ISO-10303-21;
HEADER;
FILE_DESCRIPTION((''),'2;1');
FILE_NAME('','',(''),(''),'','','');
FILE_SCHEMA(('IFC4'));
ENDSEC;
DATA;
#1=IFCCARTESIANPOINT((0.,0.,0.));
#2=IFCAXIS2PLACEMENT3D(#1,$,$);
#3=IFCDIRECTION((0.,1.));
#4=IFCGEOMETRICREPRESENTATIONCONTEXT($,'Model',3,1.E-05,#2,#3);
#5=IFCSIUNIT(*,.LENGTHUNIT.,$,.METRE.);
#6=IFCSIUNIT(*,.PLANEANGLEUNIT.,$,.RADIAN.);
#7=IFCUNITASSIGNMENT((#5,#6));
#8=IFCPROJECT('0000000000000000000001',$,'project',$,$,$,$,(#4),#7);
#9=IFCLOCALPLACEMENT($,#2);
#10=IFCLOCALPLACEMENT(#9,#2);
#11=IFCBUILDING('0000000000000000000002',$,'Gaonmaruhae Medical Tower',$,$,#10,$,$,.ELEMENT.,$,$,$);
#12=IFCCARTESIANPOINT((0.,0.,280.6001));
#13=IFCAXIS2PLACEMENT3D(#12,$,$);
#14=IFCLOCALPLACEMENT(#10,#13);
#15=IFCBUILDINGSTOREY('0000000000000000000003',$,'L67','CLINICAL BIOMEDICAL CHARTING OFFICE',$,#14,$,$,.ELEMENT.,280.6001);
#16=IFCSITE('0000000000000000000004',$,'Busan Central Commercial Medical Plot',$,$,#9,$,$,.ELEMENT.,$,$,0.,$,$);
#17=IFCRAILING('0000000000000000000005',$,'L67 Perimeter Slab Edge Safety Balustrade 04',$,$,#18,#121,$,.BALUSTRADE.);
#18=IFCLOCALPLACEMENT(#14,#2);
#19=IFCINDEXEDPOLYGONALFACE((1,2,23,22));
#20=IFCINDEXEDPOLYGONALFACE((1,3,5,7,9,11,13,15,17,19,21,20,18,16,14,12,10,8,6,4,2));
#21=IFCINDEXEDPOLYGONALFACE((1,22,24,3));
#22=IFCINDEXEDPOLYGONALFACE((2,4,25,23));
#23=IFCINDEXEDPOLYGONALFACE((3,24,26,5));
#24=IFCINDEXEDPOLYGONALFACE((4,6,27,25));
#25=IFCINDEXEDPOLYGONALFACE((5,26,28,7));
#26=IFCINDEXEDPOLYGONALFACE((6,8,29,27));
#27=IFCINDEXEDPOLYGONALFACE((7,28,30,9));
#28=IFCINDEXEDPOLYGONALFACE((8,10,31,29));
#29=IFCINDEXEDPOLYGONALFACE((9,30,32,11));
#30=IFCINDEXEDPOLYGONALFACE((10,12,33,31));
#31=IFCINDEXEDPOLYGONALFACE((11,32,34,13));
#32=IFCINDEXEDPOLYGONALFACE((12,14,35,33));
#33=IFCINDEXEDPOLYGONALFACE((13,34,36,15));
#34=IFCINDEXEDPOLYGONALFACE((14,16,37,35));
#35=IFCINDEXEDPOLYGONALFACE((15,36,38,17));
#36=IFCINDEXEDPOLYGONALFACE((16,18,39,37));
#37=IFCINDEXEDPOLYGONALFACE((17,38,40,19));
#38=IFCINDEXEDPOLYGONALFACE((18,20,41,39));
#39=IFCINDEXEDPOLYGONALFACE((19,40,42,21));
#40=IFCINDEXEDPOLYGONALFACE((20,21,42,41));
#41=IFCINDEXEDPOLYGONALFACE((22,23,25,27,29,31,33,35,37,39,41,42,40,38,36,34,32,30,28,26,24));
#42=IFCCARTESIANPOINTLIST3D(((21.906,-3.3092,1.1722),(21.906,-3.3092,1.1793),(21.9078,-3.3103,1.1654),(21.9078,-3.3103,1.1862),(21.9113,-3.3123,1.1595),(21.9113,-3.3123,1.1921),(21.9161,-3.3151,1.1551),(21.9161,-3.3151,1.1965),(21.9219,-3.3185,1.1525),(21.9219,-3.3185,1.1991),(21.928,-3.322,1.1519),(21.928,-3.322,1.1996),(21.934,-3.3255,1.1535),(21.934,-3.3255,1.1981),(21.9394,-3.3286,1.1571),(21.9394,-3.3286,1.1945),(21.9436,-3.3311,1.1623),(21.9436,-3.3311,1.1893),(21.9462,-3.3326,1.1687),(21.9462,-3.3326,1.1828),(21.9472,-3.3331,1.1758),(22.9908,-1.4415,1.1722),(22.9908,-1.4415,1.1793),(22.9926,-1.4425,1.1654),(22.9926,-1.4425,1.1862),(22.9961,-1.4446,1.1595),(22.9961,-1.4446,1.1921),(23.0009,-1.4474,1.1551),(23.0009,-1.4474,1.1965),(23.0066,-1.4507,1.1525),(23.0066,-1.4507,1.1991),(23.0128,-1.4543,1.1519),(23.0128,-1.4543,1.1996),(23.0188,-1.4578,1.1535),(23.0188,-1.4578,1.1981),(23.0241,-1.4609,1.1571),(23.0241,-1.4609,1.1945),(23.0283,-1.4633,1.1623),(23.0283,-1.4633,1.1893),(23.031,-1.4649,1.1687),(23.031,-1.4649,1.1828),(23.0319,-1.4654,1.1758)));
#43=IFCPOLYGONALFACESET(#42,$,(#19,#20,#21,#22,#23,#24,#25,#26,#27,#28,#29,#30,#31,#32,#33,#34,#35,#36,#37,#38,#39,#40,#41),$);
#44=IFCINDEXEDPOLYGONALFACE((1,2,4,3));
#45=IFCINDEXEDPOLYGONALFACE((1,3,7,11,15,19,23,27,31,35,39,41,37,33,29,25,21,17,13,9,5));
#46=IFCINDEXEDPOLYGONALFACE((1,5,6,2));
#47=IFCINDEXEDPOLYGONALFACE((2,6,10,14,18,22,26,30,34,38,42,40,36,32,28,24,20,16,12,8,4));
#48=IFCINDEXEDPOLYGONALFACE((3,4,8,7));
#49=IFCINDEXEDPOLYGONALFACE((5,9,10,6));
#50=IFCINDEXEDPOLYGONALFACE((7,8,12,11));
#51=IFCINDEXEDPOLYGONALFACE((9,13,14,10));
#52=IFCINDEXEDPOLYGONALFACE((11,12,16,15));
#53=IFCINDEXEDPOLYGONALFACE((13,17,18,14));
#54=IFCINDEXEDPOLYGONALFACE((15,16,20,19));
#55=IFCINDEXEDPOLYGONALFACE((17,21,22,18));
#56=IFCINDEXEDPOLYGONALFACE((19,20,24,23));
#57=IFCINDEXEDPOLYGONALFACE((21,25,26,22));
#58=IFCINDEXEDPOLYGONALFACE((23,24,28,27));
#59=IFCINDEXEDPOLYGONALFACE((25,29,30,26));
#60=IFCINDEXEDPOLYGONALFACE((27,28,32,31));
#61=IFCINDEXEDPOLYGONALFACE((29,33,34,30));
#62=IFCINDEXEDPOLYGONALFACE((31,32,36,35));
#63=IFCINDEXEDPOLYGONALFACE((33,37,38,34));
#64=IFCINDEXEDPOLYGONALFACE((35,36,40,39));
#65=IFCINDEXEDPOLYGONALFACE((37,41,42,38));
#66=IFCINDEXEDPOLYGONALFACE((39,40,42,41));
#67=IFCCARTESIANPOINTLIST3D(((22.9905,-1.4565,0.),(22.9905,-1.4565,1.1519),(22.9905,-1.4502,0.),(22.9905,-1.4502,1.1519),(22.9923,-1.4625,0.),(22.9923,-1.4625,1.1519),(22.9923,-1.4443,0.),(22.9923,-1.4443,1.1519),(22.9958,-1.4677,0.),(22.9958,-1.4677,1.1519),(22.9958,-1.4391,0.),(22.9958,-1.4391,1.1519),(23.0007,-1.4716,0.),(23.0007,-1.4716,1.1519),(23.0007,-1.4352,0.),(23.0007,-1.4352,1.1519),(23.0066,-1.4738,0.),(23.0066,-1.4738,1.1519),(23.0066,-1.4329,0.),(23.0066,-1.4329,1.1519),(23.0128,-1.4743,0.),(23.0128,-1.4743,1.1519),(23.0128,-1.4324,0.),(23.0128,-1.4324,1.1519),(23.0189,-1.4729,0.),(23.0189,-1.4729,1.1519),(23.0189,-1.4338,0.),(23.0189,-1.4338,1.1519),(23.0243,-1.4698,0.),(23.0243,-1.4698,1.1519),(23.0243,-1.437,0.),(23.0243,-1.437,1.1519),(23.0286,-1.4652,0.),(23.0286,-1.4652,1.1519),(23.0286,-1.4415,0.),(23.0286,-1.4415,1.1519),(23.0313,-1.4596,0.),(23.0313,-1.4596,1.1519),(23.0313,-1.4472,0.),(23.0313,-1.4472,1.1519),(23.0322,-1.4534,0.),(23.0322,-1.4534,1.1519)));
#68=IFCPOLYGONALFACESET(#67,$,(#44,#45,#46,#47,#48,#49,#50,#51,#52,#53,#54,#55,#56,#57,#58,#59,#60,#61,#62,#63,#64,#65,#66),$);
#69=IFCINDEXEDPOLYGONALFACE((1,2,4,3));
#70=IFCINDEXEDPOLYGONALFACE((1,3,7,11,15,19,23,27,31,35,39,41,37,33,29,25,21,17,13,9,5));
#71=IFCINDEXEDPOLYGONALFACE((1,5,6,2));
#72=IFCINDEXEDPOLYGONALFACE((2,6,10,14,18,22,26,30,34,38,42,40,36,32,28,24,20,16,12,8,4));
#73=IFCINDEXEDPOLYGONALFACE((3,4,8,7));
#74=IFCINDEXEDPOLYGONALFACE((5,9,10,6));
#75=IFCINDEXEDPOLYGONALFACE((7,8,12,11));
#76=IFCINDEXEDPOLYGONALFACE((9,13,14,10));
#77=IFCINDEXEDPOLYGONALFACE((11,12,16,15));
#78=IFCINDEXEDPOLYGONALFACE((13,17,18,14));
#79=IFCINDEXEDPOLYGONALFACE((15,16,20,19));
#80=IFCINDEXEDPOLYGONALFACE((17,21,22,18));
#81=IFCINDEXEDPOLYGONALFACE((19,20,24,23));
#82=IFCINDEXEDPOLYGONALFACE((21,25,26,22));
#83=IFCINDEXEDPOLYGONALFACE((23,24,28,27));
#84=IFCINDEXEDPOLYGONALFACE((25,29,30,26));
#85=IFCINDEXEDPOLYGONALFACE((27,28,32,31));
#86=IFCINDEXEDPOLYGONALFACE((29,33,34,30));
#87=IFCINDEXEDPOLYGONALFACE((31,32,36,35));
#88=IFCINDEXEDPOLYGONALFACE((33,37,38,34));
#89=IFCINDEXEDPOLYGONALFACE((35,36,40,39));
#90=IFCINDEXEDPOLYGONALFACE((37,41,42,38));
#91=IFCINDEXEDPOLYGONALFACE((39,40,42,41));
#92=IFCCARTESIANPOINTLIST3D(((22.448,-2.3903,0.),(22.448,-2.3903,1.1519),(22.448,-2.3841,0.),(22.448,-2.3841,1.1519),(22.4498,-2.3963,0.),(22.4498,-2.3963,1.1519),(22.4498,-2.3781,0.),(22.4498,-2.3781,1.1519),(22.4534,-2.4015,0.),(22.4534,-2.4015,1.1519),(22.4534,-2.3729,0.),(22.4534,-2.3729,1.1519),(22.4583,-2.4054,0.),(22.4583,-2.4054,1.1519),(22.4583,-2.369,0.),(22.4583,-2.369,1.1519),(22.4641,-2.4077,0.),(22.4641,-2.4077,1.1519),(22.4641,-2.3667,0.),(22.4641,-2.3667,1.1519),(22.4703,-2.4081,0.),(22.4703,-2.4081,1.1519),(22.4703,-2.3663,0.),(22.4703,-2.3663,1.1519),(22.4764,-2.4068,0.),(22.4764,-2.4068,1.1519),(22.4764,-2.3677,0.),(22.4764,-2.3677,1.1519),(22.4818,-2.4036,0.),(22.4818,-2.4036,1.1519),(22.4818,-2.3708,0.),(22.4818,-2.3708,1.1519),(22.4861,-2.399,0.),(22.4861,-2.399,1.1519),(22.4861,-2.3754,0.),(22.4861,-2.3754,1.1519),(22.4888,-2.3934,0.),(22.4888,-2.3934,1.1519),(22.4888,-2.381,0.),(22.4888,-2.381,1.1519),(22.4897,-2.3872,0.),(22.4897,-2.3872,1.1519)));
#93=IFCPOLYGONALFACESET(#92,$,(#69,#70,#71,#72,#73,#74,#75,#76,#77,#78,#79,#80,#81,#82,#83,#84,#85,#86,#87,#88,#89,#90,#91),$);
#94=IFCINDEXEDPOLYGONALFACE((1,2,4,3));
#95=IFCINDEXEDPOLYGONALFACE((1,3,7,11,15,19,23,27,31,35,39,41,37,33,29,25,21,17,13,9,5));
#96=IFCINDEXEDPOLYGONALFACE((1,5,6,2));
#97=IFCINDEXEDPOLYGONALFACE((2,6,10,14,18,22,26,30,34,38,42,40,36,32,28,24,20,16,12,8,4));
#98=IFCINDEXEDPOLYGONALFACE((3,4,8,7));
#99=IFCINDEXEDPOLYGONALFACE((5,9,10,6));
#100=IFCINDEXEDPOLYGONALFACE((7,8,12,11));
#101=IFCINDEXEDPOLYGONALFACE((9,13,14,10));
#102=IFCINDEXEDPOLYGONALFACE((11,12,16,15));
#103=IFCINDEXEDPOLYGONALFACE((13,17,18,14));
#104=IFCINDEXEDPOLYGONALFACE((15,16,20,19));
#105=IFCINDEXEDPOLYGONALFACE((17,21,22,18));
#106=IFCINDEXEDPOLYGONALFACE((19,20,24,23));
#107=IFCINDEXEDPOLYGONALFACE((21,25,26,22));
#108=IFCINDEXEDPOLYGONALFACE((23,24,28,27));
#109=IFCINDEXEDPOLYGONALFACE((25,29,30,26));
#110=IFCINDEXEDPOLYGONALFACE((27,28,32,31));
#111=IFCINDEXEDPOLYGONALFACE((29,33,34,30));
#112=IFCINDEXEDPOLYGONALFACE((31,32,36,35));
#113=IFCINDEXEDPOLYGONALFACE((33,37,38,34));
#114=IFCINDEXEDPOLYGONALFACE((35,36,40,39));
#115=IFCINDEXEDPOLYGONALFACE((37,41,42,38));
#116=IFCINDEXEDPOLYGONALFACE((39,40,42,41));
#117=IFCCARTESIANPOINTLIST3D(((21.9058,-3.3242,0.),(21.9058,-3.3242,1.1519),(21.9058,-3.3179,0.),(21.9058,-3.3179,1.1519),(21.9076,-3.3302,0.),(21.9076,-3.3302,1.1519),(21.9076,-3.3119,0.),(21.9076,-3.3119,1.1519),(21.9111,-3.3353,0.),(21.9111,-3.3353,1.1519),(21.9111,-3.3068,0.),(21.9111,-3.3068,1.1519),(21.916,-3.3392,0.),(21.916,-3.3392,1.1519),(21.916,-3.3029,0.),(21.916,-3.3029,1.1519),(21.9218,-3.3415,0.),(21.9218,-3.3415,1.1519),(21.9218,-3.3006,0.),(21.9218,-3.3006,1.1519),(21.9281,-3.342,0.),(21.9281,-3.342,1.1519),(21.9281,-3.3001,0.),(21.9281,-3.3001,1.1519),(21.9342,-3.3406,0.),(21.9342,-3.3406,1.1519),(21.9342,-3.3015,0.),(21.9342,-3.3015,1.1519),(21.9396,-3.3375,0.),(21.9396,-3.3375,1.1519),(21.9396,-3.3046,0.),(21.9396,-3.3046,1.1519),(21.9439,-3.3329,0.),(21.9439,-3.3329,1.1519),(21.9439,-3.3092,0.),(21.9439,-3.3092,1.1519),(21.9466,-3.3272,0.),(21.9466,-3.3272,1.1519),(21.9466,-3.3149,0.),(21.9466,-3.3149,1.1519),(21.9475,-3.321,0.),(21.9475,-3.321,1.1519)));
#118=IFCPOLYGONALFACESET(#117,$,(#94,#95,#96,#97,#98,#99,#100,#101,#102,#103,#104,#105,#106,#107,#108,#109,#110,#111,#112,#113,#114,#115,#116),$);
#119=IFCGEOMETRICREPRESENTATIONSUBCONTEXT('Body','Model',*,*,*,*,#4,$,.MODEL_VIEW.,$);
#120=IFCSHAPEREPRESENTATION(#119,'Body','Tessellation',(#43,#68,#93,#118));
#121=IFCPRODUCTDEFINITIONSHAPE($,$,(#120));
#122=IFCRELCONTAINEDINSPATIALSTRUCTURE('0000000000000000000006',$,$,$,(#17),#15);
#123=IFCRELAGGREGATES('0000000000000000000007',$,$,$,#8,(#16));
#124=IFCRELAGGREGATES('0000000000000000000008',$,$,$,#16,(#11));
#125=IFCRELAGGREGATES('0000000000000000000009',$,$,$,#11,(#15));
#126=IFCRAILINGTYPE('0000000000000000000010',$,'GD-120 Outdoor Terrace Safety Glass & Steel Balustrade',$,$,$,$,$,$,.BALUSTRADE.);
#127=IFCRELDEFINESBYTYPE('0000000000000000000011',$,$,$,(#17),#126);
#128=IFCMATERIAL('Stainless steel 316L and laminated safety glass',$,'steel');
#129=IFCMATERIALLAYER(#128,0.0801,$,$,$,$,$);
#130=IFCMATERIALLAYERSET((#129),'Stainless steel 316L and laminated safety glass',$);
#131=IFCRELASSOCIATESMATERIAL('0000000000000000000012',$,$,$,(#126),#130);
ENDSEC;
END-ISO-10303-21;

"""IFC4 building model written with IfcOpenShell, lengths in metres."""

from ifc_helpers import new_model, si_unit, direction, frame, origin, origin_2d, place, context, subcontext, project, spatial, circle, extrude, material, layer, layer_set, type_object, element, save


model = new_model("IFC4")

# Units and contexts
model_context = context("Model", 3, precision=1e-05, world=origin(), true_north=direction((0.0, 1.0)))
body_context = subcontext(model_context, "Body", "Model", "MODEL_VIEW")
ifc_project = project(units=[si_unit("LENGTHUNIT", "METRE"), si_unit("PLANEANGLEUNIT", "RADIAN")], contexts=[model_context])

# Site, building, storey
site_placement = place(None, origin())
site = spatial("IfcSite", under=ifc_project, at=site_placement, Name="Busan Central Commercial Medical Plot", CompositionType="ELEMENT", RefElevation=0.0)
building_placement = place(site_placement, origin())
building = spatial("IfcBuilding", under=site, at=building_placement, Name="Gaonmaruhae Medical Tower", CompositionType="ELEMENT")
storey_placement = place(building_placement, frame((0.0, 0.0, 280.6001)))
storey = spatial("IfcBuildingStorey", under=building, at=storey_placement, Name="L67", Description="CLINICAL BIOMEDICAL CHARTING OFFICE", CompositionType="ELEMENT", Elevation=280.6001)

# Railing
ifc_material_1 = material(Name="Stainless steel 316L and laminated safety glass", Category="steel")
ifc_layer_1 = layer(ifc_material_1, 0.0801)
ifc_layer_set_1 = layer_set([ifc_layer_1], Name="Stainless steel 316L and laminated safety glass")
railing_type = type_object("IfcRailingType", Name="GD-120 Outdoor Terrace Safety Glass & Steel Balustrade", PredefinedType="BALUSTRADE", material=ifc_layer_set_1)
railing_1_placement = place(storey_placement, frame((23.0112, -1.4534, 0.0)))
element("IfcRailing", 1, at=railing_1_placement, inside=storey, type_object=railing_type, Name="L67 Perimeter Slab Edge Safety Balustrade 04", PredefinedType="BALUSTRADE", context=body_context, shape_type="SweptSolid", body=[
    extrude(circle(Radius=0.0239, at=origin_2d()), frame((0.0, 0.0, 1.1758), z_axis=(-0.502226, -0.864737, 0.0), x_axis=(0.864737, -0.502226, 0.0)), (0.0, 0.0, 1.0), 2.1599),
    extrude(circle(Radius=0.021, at=origin_2d()), origin(), (0.0, 0.0, 1.0), 1.1519),
    extrude(circle(Radius=0.021, at=origin_2d()), frame((-0.5425, -0.9338, 0.0)), (0.0, 0.0, 1.0), 1.1519),
    extrude(circle(Radius=0.021, at=origin_2d()), frame((-1.0847, -1.8677, 0.0)), (0.0, 0.0, 1.0), 1.1519),
])

save(model, "model.ifc")
